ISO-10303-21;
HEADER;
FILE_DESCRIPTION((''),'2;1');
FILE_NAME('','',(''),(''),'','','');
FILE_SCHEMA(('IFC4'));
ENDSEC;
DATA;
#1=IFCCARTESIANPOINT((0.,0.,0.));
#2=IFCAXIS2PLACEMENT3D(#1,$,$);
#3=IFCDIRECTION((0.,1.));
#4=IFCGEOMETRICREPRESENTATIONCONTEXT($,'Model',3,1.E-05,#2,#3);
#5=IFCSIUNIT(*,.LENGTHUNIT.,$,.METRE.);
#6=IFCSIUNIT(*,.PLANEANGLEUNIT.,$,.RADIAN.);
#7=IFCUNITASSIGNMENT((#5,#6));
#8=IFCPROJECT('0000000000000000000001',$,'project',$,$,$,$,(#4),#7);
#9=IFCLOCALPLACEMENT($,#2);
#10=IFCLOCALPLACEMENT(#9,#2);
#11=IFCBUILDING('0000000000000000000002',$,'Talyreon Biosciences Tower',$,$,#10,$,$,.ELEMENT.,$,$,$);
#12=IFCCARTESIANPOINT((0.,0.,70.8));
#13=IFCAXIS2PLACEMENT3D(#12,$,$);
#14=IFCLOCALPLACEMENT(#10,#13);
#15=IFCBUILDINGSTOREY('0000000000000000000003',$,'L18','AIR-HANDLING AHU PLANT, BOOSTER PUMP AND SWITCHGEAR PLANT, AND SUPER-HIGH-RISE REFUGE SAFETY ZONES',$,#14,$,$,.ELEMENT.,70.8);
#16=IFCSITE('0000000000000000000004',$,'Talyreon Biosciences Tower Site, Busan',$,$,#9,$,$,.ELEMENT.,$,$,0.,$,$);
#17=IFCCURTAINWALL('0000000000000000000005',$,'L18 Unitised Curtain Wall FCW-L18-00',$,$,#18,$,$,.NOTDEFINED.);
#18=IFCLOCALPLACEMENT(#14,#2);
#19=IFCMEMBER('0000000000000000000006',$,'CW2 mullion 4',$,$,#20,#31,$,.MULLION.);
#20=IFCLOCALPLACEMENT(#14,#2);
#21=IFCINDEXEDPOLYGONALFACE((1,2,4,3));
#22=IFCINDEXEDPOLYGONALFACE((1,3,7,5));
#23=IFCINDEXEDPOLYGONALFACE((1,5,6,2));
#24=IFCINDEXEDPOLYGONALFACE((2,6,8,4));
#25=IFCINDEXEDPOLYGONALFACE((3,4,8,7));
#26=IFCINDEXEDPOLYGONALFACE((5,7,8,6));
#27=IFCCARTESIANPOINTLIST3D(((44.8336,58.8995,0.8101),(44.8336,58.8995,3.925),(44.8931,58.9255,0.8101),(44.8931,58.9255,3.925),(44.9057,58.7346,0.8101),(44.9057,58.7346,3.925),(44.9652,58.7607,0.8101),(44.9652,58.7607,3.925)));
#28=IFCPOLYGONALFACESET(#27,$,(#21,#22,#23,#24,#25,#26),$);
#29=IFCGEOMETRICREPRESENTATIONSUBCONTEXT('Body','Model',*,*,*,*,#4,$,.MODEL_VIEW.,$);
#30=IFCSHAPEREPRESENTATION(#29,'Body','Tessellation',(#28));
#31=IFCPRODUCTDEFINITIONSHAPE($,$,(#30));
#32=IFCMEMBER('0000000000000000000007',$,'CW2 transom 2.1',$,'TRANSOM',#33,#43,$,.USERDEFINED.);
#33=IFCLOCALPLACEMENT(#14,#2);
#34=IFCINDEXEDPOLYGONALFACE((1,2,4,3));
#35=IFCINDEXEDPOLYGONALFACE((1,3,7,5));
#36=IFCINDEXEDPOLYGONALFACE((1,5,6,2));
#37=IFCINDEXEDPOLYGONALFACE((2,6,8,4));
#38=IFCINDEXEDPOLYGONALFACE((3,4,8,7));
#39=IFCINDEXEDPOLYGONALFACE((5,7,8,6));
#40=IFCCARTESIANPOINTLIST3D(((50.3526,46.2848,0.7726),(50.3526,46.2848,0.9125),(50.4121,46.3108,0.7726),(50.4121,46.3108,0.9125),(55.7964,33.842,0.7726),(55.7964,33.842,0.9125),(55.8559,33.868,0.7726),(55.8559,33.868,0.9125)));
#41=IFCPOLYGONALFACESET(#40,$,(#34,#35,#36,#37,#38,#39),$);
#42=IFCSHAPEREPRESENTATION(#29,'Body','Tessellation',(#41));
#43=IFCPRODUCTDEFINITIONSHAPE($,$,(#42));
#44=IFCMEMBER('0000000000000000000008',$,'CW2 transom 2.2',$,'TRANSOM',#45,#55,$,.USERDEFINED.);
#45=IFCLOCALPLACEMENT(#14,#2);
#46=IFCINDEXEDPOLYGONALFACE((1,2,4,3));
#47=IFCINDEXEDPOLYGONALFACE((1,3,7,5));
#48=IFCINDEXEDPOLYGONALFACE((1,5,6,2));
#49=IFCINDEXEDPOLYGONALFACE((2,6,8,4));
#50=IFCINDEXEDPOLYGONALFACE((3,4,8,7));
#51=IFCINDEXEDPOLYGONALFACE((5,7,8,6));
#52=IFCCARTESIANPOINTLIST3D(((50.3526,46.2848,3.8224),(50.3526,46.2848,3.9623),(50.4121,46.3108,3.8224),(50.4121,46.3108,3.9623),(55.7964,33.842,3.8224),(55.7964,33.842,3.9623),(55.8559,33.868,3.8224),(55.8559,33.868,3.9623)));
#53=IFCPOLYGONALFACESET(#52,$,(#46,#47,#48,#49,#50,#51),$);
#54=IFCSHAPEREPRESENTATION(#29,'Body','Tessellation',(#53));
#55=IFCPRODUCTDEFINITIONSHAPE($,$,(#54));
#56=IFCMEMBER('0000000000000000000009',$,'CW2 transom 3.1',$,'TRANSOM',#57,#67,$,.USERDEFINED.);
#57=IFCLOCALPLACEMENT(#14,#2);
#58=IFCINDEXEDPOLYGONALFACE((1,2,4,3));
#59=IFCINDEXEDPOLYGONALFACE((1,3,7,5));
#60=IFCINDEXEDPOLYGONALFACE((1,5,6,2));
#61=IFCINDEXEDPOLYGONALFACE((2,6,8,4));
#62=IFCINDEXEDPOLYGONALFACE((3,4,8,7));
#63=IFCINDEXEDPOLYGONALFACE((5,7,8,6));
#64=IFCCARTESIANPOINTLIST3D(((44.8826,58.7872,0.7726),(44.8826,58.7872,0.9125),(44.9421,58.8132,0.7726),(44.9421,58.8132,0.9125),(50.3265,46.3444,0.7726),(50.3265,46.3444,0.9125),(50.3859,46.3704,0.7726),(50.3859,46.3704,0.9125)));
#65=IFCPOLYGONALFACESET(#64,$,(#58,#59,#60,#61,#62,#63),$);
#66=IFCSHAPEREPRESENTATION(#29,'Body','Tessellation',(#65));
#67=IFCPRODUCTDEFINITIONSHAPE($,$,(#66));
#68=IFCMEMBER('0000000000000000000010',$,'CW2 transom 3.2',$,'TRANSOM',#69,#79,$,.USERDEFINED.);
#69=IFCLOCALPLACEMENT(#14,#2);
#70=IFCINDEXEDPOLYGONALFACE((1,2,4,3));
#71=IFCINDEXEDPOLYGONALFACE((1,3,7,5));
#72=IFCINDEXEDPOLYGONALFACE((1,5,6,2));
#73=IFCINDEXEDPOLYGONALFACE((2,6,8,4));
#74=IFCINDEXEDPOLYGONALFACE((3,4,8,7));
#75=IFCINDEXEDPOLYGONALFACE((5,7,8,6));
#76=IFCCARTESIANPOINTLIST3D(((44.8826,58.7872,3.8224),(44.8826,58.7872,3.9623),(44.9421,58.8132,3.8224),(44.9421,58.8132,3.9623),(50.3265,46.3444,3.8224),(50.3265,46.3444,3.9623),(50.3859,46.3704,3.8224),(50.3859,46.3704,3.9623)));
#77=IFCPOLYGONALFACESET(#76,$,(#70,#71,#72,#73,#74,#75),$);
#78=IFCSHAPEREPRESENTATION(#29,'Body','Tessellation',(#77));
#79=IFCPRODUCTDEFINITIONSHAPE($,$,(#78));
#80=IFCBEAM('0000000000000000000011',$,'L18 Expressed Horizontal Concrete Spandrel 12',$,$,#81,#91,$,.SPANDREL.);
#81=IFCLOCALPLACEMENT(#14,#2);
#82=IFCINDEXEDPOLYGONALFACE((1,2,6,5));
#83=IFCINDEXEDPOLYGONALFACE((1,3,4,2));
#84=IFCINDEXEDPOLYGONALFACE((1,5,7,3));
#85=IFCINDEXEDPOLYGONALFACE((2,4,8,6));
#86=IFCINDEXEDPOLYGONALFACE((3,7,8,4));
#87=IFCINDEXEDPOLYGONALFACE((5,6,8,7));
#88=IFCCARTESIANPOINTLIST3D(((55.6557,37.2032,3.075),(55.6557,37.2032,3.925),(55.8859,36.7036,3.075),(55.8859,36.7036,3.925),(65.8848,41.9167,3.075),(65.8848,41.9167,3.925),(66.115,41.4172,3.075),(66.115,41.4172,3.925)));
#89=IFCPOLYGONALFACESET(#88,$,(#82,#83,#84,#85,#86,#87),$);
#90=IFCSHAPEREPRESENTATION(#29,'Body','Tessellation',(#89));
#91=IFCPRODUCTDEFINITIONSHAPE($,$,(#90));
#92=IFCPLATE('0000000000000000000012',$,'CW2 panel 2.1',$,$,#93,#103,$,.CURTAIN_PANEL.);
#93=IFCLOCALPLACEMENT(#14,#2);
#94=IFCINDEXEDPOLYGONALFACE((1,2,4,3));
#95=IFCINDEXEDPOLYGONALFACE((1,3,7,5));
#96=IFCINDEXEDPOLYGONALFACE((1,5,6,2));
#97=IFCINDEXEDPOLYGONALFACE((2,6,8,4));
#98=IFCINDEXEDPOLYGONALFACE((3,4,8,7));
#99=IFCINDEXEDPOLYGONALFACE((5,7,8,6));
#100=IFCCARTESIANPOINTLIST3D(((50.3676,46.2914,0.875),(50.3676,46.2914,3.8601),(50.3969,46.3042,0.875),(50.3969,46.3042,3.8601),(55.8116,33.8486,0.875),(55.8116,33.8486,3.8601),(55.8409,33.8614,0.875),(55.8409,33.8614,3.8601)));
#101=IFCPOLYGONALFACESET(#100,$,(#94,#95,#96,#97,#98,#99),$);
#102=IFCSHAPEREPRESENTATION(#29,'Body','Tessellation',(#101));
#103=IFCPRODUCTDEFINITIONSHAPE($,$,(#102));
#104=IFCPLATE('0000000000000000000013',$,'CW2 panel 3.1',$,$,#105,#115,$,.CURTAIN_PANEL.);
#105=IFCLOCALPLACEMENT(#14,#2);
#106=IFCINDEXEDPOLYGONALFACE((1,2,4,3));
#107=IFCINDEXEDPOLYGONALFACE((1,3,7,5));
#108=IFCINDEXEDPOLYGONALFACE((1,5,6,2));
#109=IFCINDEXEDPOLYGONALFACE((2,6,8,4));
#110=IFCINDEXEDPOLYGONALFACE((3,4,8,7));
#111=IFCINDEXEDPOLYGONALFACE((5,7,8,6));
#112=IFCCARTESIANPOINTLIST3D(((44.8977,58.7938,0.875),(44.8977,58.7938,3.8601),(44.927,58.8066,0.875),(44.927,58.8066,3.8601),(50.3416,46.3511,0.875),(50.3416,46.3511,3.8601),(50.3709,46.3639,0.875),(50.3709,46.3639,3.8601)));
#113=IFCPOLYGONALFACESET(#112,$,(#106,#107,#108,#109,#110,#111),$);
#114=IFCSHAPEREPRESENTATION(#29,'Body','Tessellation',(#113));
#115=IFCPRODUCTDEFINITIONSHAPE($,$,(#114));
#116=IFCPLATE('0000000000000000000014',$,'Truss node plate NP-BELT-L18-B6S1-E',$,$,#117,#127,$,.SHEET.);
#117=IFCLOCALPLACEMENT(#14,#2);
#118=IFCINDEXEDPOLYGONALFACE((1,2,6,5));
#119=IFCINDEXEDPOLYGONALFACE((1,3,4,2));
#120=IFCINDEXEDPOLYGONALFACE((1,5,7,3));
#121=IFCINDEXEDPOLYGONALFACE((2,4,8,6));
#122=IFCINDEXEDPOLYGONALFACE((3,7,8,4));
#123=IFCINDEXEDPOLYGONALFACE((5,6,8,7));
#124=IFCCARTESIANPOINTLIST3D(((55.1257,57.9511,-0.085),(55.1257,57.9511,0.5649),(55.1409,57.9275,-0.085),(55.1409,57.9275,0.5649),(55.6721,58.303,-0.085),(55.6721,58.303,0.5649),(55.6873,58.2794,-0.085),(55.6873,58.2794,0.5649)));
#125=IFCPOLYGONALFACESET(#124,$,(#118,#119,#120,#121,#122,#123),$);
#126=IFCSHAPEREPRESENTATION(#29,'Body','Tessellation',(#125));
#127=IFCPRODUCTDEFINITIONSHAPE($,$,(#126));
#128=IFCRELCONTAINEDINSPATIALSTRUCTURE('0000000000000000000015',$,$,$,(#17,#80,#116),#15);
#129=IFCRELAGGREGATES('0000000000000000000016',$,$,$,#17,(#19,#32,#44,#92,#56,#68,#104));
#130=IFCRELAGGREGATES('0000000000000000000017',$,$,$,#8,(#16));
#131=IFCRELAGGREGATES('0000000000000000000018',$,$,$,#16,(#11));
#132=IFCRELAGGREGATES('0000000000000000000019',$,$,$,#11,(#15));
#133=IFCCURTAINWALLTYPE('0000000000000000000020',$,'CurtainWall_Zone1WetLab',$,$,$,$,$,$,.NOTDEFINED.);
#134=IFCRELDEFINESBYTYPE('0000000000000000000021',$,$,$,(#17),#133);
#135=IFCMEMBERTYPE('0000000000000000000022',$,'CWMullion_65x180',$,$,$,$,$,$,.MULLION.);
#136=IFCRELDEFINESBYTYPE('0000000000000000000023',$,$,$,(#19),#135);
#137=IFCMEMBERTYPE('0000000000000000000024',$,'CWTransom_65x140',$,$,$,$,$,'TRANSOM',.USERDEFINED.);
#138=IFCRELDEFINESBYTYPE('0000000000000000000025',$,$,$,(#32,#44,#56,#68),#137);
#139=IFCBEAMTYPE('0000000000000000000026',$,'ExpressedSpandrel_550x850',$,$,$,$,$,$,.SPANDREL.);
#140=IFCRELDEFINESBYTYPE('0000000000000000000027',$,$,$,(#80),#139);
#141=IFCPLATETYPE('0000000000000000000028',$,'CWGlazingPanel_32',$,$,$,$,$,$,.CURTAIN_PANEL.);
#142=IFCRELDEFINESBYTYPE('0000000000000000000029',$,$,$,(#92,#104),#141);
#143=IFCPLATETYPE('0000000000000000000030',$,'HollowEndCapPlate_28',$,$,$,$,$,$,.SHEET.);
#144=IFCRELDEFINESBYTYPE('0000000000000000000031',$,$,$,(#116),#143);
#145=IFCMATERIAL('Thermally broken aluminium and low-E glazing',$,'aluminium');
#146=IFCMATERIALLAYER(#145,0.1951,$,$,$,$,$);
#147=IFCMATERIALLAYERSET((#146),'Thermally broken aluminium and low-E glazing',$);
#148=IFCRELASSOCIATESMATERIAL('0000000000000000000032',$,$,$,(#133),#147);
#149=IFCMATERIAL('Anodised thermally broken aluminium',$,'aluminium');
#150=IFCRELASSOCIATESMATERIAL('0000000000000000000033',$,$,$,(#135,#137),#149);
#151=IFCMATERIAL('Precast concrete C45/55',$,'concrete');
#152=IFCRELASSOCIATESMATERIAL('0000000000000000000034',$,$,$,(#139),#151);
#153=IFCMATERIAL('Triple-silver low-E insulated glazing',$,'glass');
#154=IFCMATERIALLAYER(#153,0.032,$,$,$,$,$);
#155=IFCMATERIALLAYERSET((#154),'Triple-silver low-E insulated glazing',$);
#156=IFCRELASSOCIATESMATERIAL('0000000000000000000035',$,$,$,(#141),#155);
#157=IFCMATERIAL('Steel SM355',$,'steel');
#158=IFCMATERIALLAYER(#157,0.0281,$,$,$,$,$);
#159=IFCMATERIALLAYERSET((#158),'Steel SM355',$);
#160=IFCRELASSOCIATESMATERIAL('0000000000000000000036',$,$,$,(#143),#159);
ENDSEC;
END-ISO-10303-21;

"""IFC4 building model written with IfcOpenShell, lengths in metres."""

from ifc_helpers import new_model, si_unit, direction, frame, origin, origin_2d, place, context, subcontext, project, spatial, rectangle, extrude, material, layer, layer_set, material_profile, profile_set, type_object, element, aggregate, save


model = new_model("IFC4")

# Units and contexts
model_context = context("Model", 3, precision=1e-05, world=origin(), true_north=direction((0.0, 1.0)))
body_context = subcontext(model_context, "Body", "Model", "MODEL_VIEW")
ifc_project = project(units=[si_unit("LENGTHUNIT", "METRE"), si_unit("PLANEANGLEUNIT", "RADIAN")], contexts=[model_context])

# Site, building, storey
site_placement = place(None, origin())
site = spatial("IfcSite", under=ifc_project, at=site_placement, Name="Talyreon Biosciences Tower Site, Busan", CompositionType="ELEMENT", RefElevation=0.0)
building_placement = place(site_placement, origin())
building = spatial("IfcBuilding", under=site, at=building_placement, Name="Talyreon Biosciences Tower", CompositionType="ELEMENT")
storey_placement = place(building_placement, frame((0.0, 0.0, 70.8)))
storey = spatial("IfcBuildingStorey", under=building, at=storey_placement, Name="L18", Description="AIR-HANDLING AHU PLANT, BOOSTER PUMP AND SWITCHGEAR PLANT, AND SUPER-HIGH-RISE REFUGE SAFETY ZONES", CompositionType="ELEMENT", Elevation=70.8)

# Shared definitions
ifc_material_1 = material(Name="Steel SM355", Category="steel")

# Curtain wall, members
ifc_material_2 = material(Name="Thermally broken aluminium and low-E glazing", Category="aluminium")
ifc_layer_1 = layer(ifc_material_2, 0.1951)
ifc_layer_set_1 = layer_set([ifc_layer_1], Name="Thermally broken aluminium and low-E glazing")
curtain_wall_type = type_object("IfcCurtainWallType", Name="CurtainWall_Zone1WetLab", PredefinedType="NOTDEFINED", material=ifc_layer_set_1)
curtain_wall_placement = place(storey_placement, origin())
curtain_wall = element("IfcCurtainWall", 1, at=curtain_wall_placement, inside=storey, type_object=curtain_wall_type, Name="L18 Unitised Curtain Wall FCW-L18-00", PredefinedType="NOTDEFINED")
ifc_material_3 = material(Name="Anodised thermally broken aluminium", Category="aluminium")
ifc_material_profile_1 = material_profile(ifc_material_3, rectangle(XDim=0.0649, YDim=0.1799, at=origin_2d()), Name="ALUM MULLION 65x180")
ifc_profile_set_1 = profile_set([ifc_material_profile_1], Name="Anodised thermally broken aluminium")
member_type_1 = type_object("IfcMemberType", Name="CWMullion_65x180", PredefinedType="MULLION", material=ifc_profile_set_1)
member_1_placement = place(storey_placement, frame((44.8994, 58.8301, 0.8101), z_axis=(0.0, 0.0, 1.0), x_axis=(-0.916152, -0.400831, 0.0)))
member_1 = element("IfcMember", 2, at=member_1_placement, type_object=member_type_1, Name="CW2 mullion 4", PredefinedType="MULLION", context=body_context, shape_type="SweptSolid", body=[
    extrude(rectangle(XDim=0.0649, YDim=0.1799, at=origin_2d()), origin(), (0.0, 0.0, 1.0), 3.115),
])
ifc_material_profile_2 = material_profile(ifc_material_3, rectangle(XDim=0.0649, YDim=0.1399, at=origin_2d()), Name="ALUM TRANSOM 65x140")
ifc_profile_set_2 = profile_set([ifc_material_profile_2], Name="Anodised thermally broken aluminium")
member_type_2 = type_object("IfcMemberType", Name="CWTransom_65x140", ElementType="TRANSOM", PredefinedType="USERDEFINED", material=ifc_profile_set_2)
member_2_placement = place(storey_placement, frame((55.8262, 33.855, 0.8425), z_axis=(-0.400824, 0.916155, 0.0), x_axis=(-0.916155, -0.400824, 0.0)))
member_2 = element("IfcMember", 3, at=member_2_placement, type_object=member_type_2, Name="CW2 transom 2.1", ObjectType="TRANSOM", PredefinedType="USERDEFINED", context=body_context, shape_type="SweptSolid", body=[
    extrude(rectangle(XDim=0.0649, YDim=0.1399, at=origin_2d()), origin(), (0.0, 0.0, 1.0), 13.5815),
])
member_3_placement = place(storey_placement, frame((55.8262, 33.855, 3.8923), z_axis=(-0.400824, 0.916155, 0.0), x_axis=(-0.916155, -0.400824, 0.0)))
member_3 = element("IfcMember", 4, at=member_3_placement, type_object=member_type_2, Name="CW2 transom 2.2", ObjectType="TRANSOM", PredefinedType="USERDEFINED", context=body_context, shape_type="SweptSolid", body=[
    extrude(rectangle(XDim=0.0649, YDim=0.1399, at=origin_2d()), origin(), (0.0, 0.0, 1.0), 13.5815),
])
member_4_placement = place(storey_placement, frame((50.3562, 46.3574, 0.8425), z_axis=(-0.400824, 0.916155, 0.0), x_axis=(-0.916155, -0.400824, 0.0)))
member_4 = element("IfcMember", 5, at=member_4_placement, type_object=member_type_2, Name="CW2 transom 3.1", ObjectType="TRANSOM", PredefinedType="USERDEFINED", context=body_context, shape_type="SweptSolid", body=[
    extrude(rectangle(XDim=0.0649, YDim=0.1399, at=origin_2d()), origin(), (0.0, 0.0, 1.0), 13.5815),
])
member_5_placement = place(storey_placement, frame((50.3562, 46.3574, 3.8923), z_axis=(-0.400824, 0.916155, 0.0), x_axis=(-0.916155, -0.400824, 0.0)))
member_5 = element("IfcMember", 6, at=member_5_placement, type_object=member_type_2, Name="CW2 transom 3.2", ObjectType="TRANSOM", PredefinedType="USERDEFINED", context=body_context, shape_type="SweptSolid", body=[
    extrude(rectangle(XDim=0.0649, YDim=0.1399, at=origin_2d()), origin(), (0.0, 0.0, 1.0), 13.5815),
])

# Beam
ifc_material_4 = material(Name="Precast concrete C45/55", Category="concrete")
ifc_material_profile_3 = material_profile(ifc_material_4, rectangle(XDim=0.55, YDim=0.8501, at=origin_2d()), Name="RCB 550x850")
ifc_profile_set_3 = profile_set([ifc_material_profile_3], Name="Precast concrete C45/55")
beam_type = type_object("IfcBeamType", Name="ExpressedSpandrel_550x850", PredefinedType="SPANDREL", material=ifc_profile_set_3)
beam_placement = place(storey_placement, frame((55.7708, 36.9534, 3.5), z_axis=(0.908215, 0.418504, 0.0), x_axis=(-0.418504, 0.908215, 0.0)))
element("IfcBeam", 7, at=beam_placement, inside=storey, type_object=beam_type, Name="L18 Expressed Horizontal Concrete Spandrel 12", PredefinedType="SPANDREL", context=body_context, shape_type="SweptSolid", body=[
    extrude(rectangle(XDim=0.55, YDim=0.8501, at=origin_2d()), origin(), (0.0, 0.0, 1.0), 11.2629),
])

# Plates
ifc_material_5 = material(Name="Triple-silver low-E insulated glazing", Category="glass")
ifc_layer_2 = layer(ifc_material_5, 0.032)
ifc_layer_set_2 = layer_set([ifc_layer_2], Name="Triple-silver low-E insulated glazing")
plate_type_1 = type_object("IfcPlateType", Name="CWGlazingPanel_32", PredefinedType="CURTAIN_PANEL", material=ifc_layer_set_2)
plate_1_placement = place(storey_placement, frame((53.1042, 40.0764, 0.875), z_axis=(0.0, 0.0, 1.0), x_axis=(-0.400831, 0.916152, 0.0)))
plate_1 = element("IfcPlate", 8, at=plate_1_placement, type_object=plate_type_1, Name="CW2 panel 2.1", PredefinedType="CURTAIN_PANEL", context=body_context, shape_type="SweptSolid", body=[
    extrude(rectangle(XDim=13.5815, YDim=0.032, at=origin_2d()), origin(), (0.0, 0.0, 1.0), 2.9851),
])
plate_2_placement = place(storey_placement, frame((47.6343, 52.5789, 0.875), z_axis=(0.0, 0.0, 1.0), x_axis=(-0.400831, 0.916152, 0.0)))
plate_2 = element("IfcPlate", 9, at=plate_2_placement, type_object=plate_type_1, Name="CW2 panel 3.1", PredefinedType="CURTAIN_PANEL", context=body_context, shape_type="SweptSolid", body=[
    extrude(rectangle(XDim=13.5815, YDim=0.032, at=origin_2d()), origin(), (0.0, 0.0, 1.0), 2.9851),
])
aggregate(curtain_wall, [member_1, member_2, member_3, plate_1, member_4, member_5, plate_2])
ifc_layer_3 = layer(ifc_material_1, 0.0281)
ifc_layer_set_3 = layer_set([ifc_layer_3], Name="Steel SM355")
plate_type_2 = type_object("IfcPlateType", Name="HollowEndCapPlate_28", PredefinedType="SHEET", material=ifc_layer_set_3)
plate_3_placement = place(storey_placement, frame((55.4065, 58.1152, -0.085), z_axis=(0.0, 0.0, 1.0), x_axis=(0.840718, 0.541473, 0.0)))
element("IfcPlate", 10, at=plate_3_placement, inside=storey, type_object=plate_type_2, Name="Truss node plate NP-BELT-L18-B6S1-E", PredefinedType="SHEET", context=body_context, shape_type="SweptSolid", body=[
    extrude(rectangle(XDim=0.6499, YDim=0.0281, at=origin_2d()), origin(), (0.0, 0.0, 1.0), 0.6499),
])

save(model, "model.ifc")
